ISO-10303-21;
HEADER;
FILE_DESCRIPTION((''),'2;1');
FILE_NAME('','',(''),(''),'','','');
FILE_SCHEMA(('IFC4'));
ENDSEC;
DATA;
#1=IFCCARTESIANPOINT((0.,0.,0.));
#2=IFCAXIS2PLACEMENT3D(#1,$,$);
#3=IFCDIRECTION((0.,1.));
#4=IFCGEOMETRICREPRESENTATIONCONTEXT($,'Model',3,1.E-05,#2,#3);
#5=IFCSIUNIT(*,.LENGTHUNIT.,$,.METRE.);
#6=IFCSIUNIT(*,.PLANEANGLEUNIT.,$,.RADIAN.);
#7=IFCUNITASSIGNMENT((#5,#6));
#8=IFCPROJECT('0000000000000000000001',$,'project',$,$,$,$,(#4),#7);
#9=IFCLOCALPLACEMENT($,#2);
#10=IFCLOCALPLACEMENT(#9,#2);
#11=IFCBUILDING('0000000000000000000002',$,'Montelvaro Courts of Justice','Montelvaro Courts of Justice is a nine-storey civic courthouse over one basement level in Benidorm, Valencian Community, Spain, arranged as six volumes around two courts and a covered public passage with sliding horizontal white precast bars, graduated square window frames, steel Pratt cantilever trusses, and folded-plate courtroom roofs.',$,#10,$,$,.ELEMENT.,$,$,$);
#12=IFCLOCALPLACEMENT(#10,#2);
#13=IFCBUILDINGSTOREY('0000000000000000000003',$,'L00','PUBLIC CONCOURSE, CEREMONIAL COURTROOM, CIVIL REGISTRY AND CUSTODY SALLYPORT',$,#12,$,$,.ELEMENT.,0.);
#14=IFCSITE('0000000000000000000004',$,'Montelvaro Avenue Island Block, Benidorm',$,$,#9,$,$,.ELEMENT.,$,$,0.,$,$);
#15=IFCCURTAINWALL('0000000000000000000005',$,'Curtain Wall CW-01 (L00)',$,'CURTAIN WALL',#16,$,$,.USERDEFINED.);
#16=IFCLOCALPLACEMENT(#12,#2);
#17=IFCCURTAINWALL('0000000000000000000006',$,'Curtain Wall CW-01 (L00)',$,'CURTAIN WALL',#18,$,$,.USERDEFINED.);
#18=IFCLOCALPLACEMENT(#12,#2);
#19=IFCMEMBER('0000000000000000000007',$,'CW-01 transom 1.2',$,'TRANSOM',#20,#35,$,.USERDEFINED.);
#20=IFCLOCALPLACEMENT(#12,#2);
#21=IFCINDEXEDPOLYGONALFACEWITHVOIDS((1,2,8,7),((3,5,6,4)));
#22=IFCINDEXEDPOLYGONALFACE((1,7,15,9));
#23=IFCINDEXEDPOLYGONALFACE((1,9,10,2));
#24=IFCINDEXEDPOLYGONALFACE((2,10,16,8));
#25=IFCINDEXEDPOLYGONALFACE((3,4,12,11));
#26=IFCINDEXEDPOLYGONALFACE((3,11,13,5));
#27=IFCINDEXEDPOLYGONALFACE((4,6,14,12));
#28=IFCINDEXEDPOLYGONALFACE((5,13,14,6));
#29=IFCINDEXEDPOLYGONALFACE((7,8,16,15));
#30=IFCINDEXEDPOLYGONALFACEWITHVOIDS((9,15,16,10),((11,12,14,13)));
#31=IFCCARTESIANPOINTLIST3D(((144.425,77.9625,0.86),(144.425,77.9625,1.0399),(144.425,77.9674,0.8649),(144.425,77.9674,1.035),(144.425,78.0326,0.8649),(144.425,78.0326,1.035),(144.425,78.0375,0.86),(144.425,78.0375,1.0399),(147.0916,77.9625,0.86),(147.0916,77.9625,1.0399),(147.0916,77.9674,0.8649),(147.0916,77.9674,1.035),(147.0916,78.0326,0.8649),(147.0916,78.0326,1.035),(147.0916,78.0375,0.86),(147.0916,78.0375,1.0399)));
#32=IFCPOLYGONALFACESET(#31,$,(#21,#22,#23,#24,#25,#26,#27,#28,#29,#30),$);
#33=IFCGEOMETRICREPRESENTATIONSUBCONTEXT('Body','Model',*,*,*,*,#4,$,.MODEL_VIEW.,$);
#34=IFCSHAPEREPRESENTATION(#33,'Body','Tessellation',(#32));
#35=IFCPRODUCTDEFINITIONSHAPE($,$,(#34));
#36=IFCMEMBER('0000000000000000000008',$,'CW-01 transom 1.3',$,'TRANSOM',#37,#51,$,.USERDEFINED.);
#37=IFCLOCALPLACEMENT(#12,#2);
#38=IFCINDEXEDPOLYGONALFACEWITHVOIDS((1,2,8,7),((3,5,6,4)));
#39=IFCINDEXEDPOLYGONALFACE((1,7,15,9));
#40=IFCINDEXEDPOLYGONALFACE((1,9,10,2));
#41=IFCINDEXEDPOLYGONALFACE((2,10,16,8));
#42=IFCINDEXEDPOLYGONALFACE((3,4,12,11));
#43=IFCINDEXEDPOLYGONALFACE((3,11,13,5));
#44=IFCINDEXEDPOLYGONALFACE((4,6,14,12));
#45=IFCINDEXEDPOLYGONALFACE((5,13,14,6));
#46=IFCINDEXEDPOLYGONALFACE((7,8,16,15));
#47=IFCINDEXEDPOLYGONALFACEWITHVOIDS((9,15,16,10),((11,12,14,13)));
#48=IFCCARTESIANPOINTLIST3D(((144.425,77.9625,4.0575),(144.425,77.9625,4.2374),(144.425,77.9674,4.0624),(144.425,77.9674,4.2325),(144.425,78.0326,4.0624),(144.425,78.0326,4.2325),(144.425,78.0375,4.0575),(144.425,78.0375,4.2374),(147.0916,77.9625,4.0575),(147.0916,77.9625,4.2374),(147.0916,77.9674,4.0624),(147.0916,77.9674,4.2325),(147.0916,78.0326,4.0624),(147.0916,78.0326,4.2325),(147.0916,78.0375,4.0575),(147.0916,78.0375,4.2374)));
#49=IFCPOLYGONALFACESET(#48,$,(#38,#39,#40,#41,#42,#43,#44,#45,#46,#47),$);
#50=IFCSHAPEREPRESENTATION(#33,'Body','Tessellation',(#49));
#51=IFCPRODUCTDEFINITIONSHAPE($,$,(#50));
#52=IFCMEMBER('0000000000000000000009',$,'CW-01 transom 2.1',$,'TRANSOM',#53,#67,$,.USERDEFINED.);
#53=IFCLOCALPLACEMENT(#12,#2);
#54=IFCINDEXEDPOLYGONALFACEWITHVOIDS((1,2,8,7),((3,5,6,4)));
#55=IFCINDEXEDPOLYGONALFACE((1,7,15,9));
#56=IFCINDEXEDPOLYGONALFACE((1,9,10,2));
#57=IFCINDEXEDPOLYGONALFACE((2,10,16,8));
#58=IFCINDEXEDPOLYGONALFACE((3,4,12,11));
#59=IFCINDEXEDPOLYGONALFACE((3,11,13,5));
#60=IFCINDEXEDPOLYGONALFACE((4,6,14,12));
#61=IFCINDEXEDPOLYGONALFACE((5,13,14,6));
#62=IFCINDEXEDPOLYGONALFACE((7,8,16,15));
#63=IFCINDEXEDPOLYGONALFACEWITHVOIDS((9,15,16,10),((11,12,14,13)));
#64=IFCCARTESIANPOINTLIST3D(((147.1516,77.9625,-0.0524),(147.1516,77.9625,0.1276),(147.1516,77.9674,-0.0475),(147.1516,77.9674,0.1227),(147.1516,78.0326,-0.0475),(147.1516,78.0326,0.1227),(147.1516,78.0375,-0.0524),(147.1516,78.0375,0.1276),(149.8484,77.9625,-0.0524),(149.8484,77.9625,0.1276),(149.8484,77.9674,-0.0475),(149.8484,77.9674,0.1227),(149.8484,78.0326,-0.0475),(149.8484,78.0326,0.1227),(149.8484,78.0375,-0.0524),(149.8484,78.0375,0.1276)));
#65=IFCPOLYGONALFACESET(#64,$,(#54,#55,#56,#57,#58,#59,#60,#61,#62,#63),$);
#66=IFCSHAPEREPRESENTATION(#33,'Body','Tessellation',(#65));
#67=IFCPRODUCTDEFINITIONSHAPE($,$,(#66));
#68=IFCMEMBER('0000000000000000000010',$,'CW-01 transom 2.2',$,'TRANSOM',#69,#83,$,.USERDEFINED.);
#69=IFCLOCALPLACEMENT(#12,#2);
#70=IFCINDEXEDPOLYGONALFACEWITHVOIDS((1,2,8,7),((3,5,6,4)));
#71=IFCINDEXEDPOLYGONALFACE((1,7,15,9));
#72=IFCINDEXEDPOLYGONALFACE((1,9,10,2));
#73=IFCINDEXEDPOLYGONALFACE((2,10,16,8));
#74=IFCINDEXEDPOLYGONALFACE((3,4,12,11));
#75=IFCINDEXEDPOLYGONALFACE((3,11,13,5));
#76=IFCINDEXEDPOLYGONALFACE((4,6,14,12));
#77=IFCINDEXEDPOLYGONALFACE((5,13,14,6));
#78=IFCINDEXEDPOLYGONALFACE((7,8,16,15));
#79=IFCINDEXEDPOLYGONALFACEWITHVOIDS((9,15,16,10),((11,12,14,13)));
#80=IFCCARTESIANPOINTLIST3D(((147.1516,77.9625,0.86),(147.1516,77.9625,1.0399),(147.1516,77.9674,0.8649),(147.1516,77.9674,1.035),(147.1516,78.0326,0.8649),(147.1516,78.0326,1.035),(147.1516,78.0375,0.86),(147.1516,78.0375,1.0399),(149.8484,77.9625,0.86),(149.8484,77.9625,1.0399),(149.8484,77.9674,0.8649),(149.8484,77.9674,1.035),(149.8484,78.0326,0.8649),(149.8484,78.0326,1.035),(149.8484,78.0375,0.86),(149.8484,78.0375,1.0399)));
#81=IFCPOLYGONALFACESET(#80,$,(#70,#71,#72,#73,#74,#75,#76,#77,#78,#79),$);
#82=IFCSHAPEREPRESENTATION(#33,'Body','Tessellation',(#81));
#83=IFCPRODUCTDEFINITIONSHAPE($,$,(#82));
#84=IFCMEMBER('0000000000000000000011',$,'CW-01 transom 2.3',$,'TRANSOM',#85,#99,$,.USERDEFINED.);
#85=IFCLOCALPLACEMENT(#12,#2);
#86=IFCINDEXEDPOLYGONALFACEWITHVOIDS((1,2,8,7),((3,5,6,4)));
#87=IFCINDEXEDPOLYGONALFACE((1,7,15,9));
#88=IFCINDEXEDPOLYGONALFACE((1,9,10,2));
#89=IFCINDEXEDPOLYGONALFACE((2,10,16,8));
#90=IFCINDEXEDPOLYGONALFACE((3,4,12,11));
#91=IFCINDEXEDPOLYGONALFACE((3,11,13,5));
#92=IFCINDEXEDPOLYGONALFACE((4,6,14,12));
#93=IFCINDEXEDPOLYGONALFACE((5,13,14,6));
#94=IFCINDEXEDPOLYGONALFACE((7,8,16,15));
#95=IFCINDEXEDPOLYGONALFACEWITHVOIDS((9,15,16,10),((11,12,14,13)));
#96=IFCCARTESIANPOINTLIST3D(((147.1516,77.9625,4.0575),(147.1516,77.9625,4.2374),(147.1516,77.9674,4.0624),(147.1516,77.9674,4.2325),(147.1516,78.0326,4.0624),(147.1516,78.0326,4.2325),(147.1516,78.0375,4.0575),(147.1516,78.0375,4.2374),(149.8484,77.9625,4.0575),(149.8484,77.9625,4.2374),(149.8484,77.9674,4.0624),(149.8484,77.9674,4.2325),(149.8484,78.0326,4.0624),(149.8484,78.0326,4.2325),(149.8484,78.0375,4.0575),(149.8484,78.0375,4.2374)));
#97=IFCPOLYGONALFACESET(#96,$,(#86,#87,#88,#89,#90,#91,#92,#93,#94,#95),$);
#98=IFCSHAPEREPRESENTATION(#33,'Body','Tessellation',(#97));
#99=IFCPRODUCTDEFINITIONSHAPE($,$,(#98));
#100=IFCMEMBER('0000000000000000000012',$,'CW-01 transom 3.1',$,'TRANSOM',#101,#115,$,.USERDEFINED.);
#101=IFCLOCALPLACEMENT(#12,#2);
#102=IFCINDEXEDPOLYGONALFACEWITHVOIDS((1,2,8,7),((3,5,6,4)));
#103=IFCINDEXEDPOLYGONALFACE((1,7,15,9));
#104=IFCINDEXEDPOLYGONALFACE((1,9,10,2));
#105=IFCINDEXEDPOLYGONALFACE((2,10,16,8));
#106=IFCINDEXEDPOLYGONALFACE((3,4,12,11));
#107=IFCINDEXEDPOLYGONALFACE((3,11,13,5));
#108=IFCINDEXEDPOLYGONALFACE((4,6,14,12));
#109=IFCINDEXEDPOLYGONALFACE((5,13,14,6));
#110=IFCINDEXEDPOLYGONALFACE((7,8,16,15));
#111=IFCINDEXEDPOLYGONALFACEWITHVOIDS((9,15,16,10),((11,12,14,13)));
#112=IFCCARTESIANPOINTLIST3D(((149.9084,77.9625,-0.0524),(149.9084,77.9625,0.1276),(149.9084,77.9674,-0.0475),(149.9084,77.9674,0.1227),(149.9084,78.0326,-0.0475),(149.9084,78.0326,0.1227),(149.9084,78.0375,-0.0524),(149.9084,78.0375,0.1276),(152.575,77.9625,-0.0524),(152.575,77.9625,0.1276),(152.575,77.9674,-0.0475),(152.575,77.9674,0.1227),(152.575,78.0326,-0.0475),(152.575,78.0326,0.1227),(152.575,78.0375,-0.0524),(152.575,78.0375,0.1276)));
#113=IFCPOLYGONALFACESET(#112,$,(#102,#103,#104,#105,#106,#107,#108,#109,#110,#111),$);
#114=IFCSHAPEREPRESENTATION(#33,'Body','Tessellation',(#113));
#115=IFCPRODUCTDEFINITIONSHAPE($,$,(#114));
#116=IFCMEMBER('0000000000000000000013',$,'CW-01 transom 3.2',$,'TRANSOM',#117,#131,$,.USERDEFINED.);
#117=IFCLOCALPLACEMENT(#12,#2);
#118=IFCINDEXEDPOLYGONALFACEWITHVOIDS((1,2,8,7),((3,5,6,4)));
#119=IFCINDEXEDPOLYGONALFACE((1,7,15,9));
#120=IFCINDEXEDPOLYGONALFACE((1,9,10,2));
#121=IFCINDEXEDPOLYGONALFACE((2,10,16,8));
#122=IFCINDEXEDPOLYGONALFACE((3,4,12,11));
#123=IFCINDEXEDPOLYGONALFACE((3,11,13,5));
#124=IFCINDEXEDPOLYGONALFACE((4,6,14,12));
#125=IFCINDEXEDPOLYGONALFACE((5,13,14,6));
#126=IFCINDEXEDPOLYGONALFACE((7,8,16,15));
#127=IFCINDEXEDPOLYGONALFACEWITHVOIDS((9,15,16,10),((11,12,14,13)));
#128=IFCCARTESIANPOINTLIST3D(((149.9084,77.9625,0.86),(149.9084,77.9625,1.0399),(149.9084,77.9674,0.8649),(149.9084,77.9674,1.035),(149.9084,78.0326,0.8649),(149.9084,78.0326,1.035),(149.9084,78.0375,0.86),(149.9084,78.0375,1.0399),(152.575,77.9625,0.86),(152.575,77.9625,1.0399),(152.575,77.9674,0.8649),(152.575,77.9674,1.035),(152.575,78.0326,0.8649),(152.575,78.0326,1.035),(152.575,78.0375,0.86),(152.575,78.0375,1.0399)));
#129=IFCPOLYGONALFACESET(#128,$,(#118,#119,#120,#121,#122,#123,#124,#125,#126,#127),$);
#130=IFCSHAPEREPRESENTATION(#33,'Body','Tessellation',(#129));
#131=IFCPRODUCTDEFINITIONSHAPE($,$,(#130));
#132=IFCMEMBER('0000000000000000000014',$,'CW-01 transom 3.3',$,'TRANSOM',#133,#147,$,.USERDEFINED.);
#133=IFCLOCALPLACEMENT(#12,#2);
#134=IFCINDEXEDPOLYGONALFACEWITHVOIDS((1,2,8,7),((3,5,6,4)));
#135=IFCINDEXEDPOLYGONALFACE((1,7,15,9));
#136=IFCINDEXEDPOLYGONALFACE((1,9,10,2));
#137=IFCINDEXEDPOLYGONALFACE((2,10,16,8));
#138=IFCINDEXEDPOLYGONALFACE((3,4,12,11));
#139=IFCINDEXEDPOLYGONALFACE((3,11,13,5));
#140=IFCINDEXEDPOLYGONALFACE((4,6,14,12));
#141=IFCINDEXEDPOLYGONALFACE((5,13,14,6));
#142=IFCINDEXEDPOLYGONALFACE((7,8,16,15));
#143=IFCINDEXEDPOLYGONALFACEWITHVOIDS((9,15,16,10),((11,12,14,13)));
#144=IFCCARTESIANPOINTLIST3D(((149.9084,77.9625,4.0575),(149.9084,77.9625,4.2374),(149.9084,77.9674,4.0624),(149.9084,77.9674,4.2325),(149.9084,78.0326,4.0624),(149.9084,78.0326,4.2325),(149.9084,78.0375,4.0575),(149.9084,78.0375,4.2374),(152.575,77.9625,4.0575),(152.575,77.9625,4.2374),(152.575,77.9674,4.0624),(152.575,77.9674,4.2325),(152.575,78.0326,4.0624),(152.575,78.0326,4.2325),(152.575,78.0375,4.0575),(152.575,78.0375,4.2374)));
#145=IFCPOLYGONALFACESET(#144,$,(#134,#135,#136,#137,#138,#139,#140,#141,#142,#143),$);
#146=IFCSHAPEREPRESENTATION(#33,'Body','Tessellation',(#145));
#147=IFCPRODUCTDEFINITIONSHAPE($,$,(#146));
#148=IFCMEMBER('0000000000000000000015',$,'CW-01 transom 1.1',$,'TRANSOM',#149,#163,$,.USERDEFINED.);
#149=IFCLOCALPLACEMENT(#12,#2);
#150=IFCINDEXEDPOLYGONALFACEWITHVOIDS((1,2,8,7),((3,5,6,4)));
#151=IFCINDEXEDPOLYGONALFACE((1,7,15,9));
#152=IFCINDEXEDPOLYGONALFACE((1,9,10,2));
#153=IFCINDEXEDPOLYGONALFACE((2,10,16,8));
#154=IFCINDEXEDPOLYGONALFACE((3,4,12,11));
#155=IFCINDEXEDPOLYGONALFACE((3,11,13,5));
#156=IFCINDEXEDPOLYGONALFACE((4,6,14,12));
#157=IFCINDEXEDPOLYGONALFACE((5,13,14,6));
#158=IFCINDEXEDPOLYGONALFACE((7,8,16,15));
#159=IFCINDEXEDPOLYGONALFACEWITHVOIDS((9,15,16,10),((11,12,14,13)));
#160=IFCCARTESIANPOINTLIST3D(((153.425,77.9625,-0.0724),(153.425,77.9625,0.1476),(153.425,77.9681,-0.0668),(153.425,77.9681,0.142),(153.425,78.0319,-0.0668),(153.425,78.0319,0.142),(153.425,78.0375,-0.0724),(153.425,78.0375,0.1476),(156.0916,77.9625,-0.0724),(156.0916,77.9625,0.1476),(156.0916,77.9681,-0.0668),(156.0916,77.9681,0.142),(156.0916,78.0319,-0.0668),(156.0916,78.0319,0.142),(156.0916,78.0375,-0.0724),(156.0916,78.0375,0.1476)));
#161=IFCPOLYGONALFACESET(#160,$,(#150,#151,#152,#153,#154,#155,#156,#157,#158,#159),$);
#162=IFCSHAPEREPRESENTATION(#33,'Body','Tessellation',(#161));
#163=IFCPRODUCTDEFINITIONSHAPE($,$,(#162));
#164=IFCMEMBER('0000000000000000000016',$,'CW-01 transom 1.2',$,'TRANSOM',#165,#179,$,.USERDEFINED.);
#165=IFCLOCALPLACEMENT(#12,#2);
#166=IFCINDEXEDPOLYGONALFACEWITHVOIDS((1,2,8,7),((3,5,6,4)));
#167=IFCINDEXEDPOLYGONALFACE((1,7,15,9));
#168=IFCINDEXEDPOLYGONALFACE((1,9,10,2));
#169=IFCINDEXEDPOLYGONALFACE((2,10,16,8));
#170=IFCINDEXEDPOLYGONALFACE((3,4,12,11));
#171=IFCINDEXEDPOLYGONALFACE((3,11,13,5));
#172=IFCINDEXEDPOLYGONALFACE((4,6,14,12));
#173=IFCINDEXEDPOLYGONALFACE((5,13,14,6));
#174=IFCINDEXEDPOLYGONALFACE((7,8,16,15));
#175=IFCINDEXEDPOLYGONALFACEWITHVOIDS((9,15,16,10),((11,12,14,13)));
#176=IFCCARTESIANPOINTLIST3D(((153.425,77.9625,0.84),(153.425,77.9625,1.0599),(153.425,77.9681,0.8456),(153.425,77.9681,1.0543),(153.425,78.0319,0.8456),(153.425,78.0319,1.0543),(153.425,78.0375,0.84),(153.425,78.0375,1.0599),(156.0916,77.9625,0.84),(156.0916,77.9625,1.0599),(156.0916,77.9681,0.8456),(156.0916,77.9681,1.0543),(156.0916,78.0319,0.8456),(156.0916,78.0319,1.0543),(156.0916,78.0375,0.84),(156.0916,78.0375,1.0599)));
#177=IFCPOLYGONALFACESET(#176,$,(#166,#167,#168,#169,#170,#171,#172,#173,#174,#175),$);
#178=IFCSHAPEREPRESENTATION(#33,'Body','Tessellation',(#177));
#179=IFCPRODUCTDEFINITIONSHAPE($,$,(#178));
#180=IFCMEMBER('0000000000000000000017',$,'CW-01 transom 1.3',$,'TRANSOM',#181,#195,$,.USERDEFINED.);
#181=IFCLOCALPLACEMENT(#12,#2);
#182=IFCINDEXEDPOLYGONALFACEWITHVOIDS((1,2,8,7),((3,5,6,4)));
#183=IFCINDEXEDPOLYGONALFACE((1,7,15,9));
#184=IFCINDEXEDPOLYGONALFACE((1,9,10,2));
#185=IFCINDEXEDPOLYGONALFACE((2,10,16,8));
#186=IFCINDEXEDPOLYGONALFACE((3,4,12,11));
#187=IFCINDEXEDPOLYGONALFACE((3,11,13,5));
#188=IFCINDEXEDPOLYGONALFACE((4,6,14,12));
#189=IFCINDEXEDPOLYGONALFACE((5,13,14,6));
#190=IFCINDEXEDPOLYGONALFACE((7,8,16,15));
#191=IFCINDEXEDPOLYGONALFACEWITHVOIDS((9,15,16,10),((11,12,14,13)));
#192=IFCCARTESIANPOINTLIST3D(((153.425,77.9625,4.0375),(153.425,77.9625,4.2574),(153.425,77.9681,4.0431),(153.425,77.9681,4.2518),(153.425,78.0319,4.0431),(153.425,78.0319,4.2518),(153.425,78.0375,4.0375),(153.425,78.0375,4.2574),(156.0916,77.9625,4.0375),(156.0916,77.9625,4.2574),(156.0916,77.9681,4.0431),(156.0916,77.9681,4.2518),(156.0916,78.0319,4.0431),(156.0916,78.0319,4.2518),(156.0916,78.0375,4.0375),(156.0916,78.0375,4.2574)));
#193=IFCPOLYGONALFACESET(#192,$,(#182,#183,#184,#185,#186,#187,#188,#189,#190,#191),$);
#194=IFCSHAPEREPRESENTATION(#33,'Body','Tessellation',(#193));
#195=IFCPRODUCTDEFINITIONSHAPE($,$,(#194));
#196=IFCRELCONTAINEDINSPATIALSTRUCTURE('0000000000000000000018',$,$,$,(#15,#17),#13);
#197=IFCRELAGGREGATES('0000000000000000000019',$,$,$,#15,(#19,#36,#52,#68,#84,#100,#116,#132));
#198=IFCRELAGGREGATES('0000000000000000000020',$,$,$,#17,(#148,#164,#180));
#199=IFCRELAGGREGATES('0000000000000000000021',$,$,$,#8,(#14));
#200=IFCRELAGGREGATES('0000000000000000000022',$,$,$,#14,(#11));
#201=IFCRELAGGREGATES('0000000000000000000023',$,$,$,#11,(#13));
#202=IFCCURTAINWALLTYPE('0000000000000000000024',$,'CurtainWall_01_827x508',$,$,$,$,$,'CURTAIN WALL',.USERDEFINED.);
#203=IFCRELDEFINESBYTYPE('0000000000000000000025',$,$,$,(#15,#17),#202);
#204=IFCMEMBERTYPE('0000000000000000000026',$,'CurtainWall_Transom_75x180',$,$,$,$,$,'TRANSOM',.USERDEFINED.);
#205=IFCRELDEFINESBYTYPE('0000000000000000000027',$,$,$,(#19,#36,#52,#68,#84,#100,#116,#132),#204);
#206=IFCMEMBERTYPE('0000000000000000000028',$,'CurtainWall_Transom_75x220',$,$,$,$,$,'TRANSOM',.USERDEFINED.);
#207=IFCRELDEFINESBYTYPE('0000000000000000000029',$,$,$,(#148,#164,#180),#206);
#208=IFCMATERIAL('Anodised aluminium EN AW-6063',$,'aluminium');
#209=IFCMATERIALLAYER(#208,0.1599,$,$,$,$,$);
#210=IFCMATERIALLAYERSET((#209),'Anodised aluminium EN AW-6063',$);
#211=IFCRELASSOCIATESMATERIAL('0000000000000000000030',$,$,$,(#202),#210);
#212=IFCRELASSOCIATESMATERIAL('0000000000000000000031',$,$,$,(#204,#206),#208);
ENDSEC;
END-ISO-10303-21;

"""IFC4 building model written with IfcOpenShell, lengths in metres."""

from ifc_helpers import new_model, si_unit, direction, frame, origin, origin_2d, place, context, subcontext, project, spatial, hollow_rectangle, extrude, material, layer, layer_set, material_profile, profile_set, type_object, element, aggregate, save


model = new_model("IFC4")

# Units and contexts
model_context = context("Model", 3, precision=1e-05, world=origin(), true_north=direction((0.0, 1.0)))
body_context = subcontext(model_context, "Body", "Model", "MODEL_VIEW")
ifc_project = project(units=[si_unit("LENGTHUNIT", "METRE"), si_unit("PLANEANGLEUNIT", "RADIAN")], contexts=[model_context])

# Site, building, storey
site_placement = place(None, origin())
site = spatial("IfcSite", under=ifc_project, at=site_placement, Name="Montelvaro Avenue Island Block, Benidorm", CompositionType="ELEMENT", RefElevation=0.0)
building_placement = place(site_placement, origin())
building = spatial("IfcBuilding", under=site, at=building_placement, Name="Montelvaro Courts of Justice", Description="Montelvaro Courts of Justice is a nine-storey civic courthouse over one basement level in Benidorm, Valencian Community, Spain, arranged as six volumes around two courts and a covered public passage with sliding horizontal white precast bars, graduated square window frames, steel Pratt cantilever trusses, and folded-plate courtroom roofs.", CompositionType="ELEMENT")
storey_placement = place(building_placement, origin())
storey = spatial("IfcBuildingStorey", under=building, at=storey_placement, Name="L00", Description="PUBLIC CONCOURSE, CEREMONIAL COURTROOM, CIVIL REGISTRY AND CUSTODY SALLYPORT", CompositionType="ELEMENT", Elevation=0.0)

# Curtain walls
ifc_material_1 = material(Name="Anodised aluminium EN AW-6063", Category="aluminium")
ifc_layer_1 = layer(ifc_material_1, 0.1599)
ifc_layer_set_1 = layer_set([ifc_layer_1], Name="Anodised aluminium EN AW-6063")
curtain_wall_type = type_object("IfcCurtainWallType", Name="CurtainWall_01_827x508", ElementType="CURTAIN WALL", PredefinedType="USERDEFINED", material=ifc_layer_set_1)
curtain_wall_1_placement = place(storey_placement, origin())
curtain_wall_1 = element("IfcCurtainWall", 1, at=curtain_wall_1_placement, inside=storey, type_object=curtain_wall_type, Name="Curtain Wall CW-01 (L00)", ObjectType="CURTAIN WALL", PredefinedType="USERDEFINED")
curtain_wall_2_placement = place(storey_placement, origin())
curtain_wall_2 = element("IfcCurtainWall", 2, at=curtain_wall_2_placement, inside=storey, type_object=curtain_wall_type, Name="Curtain Wall CW-01 (L00)", ObjectType="CURTAIN WALL", PredefinedType="USERDEFINED")

# Members
ifc_material_profile_1 = material_profile(ifc_material_1, hollow_rectangle(XDim=0.075, YDim=0.1799, WallThickness=0.0049, at=origin_2d()), Name="ALU-T 75x180")
ifc_profile_set_1 = profile_set([ifc_material_profile_1], Name="Anodised aluminium EN AW-6063")
member_type_1 = type_object("IfcMemberType", Name="CurtainWall_Transom_75x180", ElementType="TRANSOM", PredefinedType="USERDEFINED", material=ifc_profile_set_1)
member_1_placement = place(storey_placement, frame((144.425, 78.0, 0.95), z_axis=(1.0, 0.0, 0.0), x_axis=(0.0, 1.0, 0.0)))
member_1 = element("IfcMember", 3, at=member_1_placement, type_object=member_type_1, Name="CW-01 transom 1.2", ObjectType="TRANSOM", PredefinedType="USERDEFINED", context=body_context, shape_type="SweptSolid", body=[
    extrude(hollow_rectangle(XDim=0.075, YDim=0.1799, WallThickness=0.0049, at=origin_2d()), origin(), (0.0, 0.0, 1.0), 2.6665),
])
member_2_placement = place(storey_placement, frame((144.425, 78.0, 4.1475), z_axis=(1.0, 0.0, 0.0), x_axis=(0.0, 1.0, 0.0)))
member_2 = element("IfcMember", 4, at=member_2_placement, type_object=member_type_1, Name="CW-01 transom 1.3", ObjectType="TRANSOM", PredefinedType="USERDEFINED", context=body_context, shape_type="SweptSolid", body=[
    extrude(hollow_rectangle(XDim=0.075, YDim=0.1799, WallThickness=0.0049, at=origin_2d()), origin(), (0.0, 0.0, 1.0), 2.6665),
])
member_3_placement = place(storey_placement, frame((147.1516, 78.0, 0.0376), z_axis=(1.0, 0.0, 0.0), x_axis=(0.0, 1.0, 0.0)))
member_3 = element("IfcMember", 5, at=member_3_placement, type_object=member_type_1, Name="CW-01 transom 2.1", ObjectType="TRANSOM", PredefinedType="USERDEFINED", context=body_context, shape_type="SweptSolid", body=[
    extrude(hollow_rectangle(XDim=0.075, YDim=0.1799, WallThickness=0.0049, at=origin_2d()), origin(), (0.0, 0.0, 1.0), 2.6968),
])
member_4_placement = place(storey_placement, frame((147.1516, 78.0, 0.95), z_axis=(1.0, 0.0, 0.0), x_axis=(0.0, 1.0, 0.0)))
member_4 = element("IfcMember", 6, at=member_4_placement, type_object=member_type_1, Name="CW-01 transom 2.2", ObjectType="TRANSOM", PredefinedType="USERDEFINED", context=body_context, shape_type="SweptSolid", body=[
    extrude(hollow_rectangle(XDim=0.075, YDim=0.1799, WallThickness=0.0049, at=origin_2d()), origin(), (0.0, 0.0, 1.0), 2.6968),
])
member_5_placement = place(storey_placement, frame((147.1516, 78.0, 4.1475), z_axis=(1.0, 0.0, 0.0), x_axis=(0.0, 1.0, 0.0)))
member_5 = element("IfcMember", 7, at=member_5_placement, type_object=member_type_1, Name="CW-01 transom 2.3", ObjectType="TRANSOM", PredefinedType="USERDEFINED", context=body_context, shape_type="SweptSolid", body=[
    extrude(hollow_rectangle(XDim=0.075, YDim=0.1799, WallThickness=0.0049, at=origin_2d()), origin(), (0.0, 0.0, 1.0), 2.6968),
])
member_6_placement = place(storey_placement, frame((149.9084, 78.0, 0.0376), z_axis=(1.0, 0.0, 0.0), x_axis=(0.0, 1.0, 0.0)))
member_6 = element("IfcMember", 8, at=member_6_placement, type_object=member_type_1, Name="CW-01 transom 3.1", ObjectType="TRANSOM", PredefinedType="USERDEFINED", context=body_context, shape_type="SweptSolid", body=[
    extrude(hollow_rectangle(XDim=0.075, YDim=0.1799, WallThickness=0.0049, at=origin_2d()), origin(), (0.0, 0.0, 1.0), 2.6665),
])
member_7_placement = place(storey_placement, frame((149.9084, 78.0, 0.95), z_axis=(1.0, 0.0, 0.0), x_axis=(0.0, 1.0, 0.0)))
member_7 = element("IfcMember", 9, at=member_7_placement, type_object=member_type_1, Name="CW-01 transom 3.2", ObjectType="TRANSOM", PredefinedType="USERDEFINED", context=body_context, shape_type="SweptSolid", body=[
    extrude(hollow_rectangle(XDim=0.075, YDim=0.1799, WallThickness=0.0049, at=origin_2d()), origin(), (0.0, 0.0, 1.0), 2.6665),
])
member_8_placement = place(storey_placement, frame((149.9084, 78.0, 4.1475), z_axis=(1.0, 0.0, 0.0), x_axis=(0.0, 1.0, 0.0)))
member_8 = element("IfcMember", 10, at=member_8_placement, type_object=member_type_1, Name="CW-01 transom 3.3", ObjectType="TRANSOM", PredefinedType="USERDEFINED", context=body_context, shape_type="SweptSolid", body=[
    extrude(hollow_rectangle(XDim=0.075, YDim=0.1799, WallThickness=0.0049, at=origin_2d()), origin(), (0.0, 0.0, 1.0), 2.6665),
])
ifc_material_profile_2 = material_profile(ifc_material_1, hollow_rectangle(XDim=0.075, YDim=0.22, WallThickness=0.0056, at=origin_2d()), Name="ALU-T 75x220")
ifc_profile_set_2 = profile_set([ifc_material_profile_2], Name="Anodised aluminium EN AW-6063")
member_type_2 = type_object("IfcMemberType", Name="CurtainWall_Transom_75x220", ElementType="TRANSOM", PredefinedType="USERDEFINED", material=ifc_profile_set_2)
member_9_placement = place(storey_placement, frame((153.425, 78.0, 0.0376), z_axis=(1.0, 0.0, 0.0), x_axis=(0.0, 1.0, 0.0)))
member_9 = element("IfcMember", 11, at=member_9_placement, type_object=member_type_2, Name="CW-01 transom 1.1", ObjectType="TRANSOM", PredefinedType="USERDEFINED", context=body_context, shape_type="SweptSolid", body=[
    extrude(hollow_rectangle(XDim=0.075, YDim=0.22, WallThickness=0.0056, at=origin_2d()), origin(), (0.0, 0.0, 1.0), 2.6665),
])
member_10_placement = place(storey_placement, frame((153.425, 78.0, 0.95), z_axis=(1.0, 0.0, 0.0), x_axis=(0.0, 1.0, 0.0)))
member_10 = element("IfcMember", 12, at=member_10_placement, type_object=member_type_2, Name="CW-01 transom 1.2", ObjectType="TRANSOM", PredefinedType="USERDEFINED", context=body_context, shape_type="SweptSolid", body=[
    extrude(hollow_rectangle(XDim=0.075, YDim=0.22, WallThickness=0.0056, at=origin_2d()), origin(), (0.0, 0.0, 1.0), 2.6665),
])
member_11_placement = place(storey_placement, frame((153.425, 78.0, 4.1475), z_axis=(1.0, 0.0, 0.0), x_axis=(0.0, 1.0, 0.0)))
member_11 = element("IfcMember", 13, at=member_11_placement, type_object=member_type_2, Name="CW-01 transom 1.3", ObjectType="TRANSOM", PredefinedType="USERDEFINED", context=body_context, shape_type="SweptSolid", body=[
    extrude(hollow_rectangle(XDim=0.075, YDim=0.22, WallThickness=0.0056, at=origin_2d()), origin(), (0.0, 0.0, 1.0), 2.6665),
])

aggregate(curtain_wall_1, [member_1, member_2, member_3, member_4, member_5, member_6, member_7, member_8])
aggregate(curtain_wall_2, [member_9, member_10, member_11])

save(model, "model.ifc")
